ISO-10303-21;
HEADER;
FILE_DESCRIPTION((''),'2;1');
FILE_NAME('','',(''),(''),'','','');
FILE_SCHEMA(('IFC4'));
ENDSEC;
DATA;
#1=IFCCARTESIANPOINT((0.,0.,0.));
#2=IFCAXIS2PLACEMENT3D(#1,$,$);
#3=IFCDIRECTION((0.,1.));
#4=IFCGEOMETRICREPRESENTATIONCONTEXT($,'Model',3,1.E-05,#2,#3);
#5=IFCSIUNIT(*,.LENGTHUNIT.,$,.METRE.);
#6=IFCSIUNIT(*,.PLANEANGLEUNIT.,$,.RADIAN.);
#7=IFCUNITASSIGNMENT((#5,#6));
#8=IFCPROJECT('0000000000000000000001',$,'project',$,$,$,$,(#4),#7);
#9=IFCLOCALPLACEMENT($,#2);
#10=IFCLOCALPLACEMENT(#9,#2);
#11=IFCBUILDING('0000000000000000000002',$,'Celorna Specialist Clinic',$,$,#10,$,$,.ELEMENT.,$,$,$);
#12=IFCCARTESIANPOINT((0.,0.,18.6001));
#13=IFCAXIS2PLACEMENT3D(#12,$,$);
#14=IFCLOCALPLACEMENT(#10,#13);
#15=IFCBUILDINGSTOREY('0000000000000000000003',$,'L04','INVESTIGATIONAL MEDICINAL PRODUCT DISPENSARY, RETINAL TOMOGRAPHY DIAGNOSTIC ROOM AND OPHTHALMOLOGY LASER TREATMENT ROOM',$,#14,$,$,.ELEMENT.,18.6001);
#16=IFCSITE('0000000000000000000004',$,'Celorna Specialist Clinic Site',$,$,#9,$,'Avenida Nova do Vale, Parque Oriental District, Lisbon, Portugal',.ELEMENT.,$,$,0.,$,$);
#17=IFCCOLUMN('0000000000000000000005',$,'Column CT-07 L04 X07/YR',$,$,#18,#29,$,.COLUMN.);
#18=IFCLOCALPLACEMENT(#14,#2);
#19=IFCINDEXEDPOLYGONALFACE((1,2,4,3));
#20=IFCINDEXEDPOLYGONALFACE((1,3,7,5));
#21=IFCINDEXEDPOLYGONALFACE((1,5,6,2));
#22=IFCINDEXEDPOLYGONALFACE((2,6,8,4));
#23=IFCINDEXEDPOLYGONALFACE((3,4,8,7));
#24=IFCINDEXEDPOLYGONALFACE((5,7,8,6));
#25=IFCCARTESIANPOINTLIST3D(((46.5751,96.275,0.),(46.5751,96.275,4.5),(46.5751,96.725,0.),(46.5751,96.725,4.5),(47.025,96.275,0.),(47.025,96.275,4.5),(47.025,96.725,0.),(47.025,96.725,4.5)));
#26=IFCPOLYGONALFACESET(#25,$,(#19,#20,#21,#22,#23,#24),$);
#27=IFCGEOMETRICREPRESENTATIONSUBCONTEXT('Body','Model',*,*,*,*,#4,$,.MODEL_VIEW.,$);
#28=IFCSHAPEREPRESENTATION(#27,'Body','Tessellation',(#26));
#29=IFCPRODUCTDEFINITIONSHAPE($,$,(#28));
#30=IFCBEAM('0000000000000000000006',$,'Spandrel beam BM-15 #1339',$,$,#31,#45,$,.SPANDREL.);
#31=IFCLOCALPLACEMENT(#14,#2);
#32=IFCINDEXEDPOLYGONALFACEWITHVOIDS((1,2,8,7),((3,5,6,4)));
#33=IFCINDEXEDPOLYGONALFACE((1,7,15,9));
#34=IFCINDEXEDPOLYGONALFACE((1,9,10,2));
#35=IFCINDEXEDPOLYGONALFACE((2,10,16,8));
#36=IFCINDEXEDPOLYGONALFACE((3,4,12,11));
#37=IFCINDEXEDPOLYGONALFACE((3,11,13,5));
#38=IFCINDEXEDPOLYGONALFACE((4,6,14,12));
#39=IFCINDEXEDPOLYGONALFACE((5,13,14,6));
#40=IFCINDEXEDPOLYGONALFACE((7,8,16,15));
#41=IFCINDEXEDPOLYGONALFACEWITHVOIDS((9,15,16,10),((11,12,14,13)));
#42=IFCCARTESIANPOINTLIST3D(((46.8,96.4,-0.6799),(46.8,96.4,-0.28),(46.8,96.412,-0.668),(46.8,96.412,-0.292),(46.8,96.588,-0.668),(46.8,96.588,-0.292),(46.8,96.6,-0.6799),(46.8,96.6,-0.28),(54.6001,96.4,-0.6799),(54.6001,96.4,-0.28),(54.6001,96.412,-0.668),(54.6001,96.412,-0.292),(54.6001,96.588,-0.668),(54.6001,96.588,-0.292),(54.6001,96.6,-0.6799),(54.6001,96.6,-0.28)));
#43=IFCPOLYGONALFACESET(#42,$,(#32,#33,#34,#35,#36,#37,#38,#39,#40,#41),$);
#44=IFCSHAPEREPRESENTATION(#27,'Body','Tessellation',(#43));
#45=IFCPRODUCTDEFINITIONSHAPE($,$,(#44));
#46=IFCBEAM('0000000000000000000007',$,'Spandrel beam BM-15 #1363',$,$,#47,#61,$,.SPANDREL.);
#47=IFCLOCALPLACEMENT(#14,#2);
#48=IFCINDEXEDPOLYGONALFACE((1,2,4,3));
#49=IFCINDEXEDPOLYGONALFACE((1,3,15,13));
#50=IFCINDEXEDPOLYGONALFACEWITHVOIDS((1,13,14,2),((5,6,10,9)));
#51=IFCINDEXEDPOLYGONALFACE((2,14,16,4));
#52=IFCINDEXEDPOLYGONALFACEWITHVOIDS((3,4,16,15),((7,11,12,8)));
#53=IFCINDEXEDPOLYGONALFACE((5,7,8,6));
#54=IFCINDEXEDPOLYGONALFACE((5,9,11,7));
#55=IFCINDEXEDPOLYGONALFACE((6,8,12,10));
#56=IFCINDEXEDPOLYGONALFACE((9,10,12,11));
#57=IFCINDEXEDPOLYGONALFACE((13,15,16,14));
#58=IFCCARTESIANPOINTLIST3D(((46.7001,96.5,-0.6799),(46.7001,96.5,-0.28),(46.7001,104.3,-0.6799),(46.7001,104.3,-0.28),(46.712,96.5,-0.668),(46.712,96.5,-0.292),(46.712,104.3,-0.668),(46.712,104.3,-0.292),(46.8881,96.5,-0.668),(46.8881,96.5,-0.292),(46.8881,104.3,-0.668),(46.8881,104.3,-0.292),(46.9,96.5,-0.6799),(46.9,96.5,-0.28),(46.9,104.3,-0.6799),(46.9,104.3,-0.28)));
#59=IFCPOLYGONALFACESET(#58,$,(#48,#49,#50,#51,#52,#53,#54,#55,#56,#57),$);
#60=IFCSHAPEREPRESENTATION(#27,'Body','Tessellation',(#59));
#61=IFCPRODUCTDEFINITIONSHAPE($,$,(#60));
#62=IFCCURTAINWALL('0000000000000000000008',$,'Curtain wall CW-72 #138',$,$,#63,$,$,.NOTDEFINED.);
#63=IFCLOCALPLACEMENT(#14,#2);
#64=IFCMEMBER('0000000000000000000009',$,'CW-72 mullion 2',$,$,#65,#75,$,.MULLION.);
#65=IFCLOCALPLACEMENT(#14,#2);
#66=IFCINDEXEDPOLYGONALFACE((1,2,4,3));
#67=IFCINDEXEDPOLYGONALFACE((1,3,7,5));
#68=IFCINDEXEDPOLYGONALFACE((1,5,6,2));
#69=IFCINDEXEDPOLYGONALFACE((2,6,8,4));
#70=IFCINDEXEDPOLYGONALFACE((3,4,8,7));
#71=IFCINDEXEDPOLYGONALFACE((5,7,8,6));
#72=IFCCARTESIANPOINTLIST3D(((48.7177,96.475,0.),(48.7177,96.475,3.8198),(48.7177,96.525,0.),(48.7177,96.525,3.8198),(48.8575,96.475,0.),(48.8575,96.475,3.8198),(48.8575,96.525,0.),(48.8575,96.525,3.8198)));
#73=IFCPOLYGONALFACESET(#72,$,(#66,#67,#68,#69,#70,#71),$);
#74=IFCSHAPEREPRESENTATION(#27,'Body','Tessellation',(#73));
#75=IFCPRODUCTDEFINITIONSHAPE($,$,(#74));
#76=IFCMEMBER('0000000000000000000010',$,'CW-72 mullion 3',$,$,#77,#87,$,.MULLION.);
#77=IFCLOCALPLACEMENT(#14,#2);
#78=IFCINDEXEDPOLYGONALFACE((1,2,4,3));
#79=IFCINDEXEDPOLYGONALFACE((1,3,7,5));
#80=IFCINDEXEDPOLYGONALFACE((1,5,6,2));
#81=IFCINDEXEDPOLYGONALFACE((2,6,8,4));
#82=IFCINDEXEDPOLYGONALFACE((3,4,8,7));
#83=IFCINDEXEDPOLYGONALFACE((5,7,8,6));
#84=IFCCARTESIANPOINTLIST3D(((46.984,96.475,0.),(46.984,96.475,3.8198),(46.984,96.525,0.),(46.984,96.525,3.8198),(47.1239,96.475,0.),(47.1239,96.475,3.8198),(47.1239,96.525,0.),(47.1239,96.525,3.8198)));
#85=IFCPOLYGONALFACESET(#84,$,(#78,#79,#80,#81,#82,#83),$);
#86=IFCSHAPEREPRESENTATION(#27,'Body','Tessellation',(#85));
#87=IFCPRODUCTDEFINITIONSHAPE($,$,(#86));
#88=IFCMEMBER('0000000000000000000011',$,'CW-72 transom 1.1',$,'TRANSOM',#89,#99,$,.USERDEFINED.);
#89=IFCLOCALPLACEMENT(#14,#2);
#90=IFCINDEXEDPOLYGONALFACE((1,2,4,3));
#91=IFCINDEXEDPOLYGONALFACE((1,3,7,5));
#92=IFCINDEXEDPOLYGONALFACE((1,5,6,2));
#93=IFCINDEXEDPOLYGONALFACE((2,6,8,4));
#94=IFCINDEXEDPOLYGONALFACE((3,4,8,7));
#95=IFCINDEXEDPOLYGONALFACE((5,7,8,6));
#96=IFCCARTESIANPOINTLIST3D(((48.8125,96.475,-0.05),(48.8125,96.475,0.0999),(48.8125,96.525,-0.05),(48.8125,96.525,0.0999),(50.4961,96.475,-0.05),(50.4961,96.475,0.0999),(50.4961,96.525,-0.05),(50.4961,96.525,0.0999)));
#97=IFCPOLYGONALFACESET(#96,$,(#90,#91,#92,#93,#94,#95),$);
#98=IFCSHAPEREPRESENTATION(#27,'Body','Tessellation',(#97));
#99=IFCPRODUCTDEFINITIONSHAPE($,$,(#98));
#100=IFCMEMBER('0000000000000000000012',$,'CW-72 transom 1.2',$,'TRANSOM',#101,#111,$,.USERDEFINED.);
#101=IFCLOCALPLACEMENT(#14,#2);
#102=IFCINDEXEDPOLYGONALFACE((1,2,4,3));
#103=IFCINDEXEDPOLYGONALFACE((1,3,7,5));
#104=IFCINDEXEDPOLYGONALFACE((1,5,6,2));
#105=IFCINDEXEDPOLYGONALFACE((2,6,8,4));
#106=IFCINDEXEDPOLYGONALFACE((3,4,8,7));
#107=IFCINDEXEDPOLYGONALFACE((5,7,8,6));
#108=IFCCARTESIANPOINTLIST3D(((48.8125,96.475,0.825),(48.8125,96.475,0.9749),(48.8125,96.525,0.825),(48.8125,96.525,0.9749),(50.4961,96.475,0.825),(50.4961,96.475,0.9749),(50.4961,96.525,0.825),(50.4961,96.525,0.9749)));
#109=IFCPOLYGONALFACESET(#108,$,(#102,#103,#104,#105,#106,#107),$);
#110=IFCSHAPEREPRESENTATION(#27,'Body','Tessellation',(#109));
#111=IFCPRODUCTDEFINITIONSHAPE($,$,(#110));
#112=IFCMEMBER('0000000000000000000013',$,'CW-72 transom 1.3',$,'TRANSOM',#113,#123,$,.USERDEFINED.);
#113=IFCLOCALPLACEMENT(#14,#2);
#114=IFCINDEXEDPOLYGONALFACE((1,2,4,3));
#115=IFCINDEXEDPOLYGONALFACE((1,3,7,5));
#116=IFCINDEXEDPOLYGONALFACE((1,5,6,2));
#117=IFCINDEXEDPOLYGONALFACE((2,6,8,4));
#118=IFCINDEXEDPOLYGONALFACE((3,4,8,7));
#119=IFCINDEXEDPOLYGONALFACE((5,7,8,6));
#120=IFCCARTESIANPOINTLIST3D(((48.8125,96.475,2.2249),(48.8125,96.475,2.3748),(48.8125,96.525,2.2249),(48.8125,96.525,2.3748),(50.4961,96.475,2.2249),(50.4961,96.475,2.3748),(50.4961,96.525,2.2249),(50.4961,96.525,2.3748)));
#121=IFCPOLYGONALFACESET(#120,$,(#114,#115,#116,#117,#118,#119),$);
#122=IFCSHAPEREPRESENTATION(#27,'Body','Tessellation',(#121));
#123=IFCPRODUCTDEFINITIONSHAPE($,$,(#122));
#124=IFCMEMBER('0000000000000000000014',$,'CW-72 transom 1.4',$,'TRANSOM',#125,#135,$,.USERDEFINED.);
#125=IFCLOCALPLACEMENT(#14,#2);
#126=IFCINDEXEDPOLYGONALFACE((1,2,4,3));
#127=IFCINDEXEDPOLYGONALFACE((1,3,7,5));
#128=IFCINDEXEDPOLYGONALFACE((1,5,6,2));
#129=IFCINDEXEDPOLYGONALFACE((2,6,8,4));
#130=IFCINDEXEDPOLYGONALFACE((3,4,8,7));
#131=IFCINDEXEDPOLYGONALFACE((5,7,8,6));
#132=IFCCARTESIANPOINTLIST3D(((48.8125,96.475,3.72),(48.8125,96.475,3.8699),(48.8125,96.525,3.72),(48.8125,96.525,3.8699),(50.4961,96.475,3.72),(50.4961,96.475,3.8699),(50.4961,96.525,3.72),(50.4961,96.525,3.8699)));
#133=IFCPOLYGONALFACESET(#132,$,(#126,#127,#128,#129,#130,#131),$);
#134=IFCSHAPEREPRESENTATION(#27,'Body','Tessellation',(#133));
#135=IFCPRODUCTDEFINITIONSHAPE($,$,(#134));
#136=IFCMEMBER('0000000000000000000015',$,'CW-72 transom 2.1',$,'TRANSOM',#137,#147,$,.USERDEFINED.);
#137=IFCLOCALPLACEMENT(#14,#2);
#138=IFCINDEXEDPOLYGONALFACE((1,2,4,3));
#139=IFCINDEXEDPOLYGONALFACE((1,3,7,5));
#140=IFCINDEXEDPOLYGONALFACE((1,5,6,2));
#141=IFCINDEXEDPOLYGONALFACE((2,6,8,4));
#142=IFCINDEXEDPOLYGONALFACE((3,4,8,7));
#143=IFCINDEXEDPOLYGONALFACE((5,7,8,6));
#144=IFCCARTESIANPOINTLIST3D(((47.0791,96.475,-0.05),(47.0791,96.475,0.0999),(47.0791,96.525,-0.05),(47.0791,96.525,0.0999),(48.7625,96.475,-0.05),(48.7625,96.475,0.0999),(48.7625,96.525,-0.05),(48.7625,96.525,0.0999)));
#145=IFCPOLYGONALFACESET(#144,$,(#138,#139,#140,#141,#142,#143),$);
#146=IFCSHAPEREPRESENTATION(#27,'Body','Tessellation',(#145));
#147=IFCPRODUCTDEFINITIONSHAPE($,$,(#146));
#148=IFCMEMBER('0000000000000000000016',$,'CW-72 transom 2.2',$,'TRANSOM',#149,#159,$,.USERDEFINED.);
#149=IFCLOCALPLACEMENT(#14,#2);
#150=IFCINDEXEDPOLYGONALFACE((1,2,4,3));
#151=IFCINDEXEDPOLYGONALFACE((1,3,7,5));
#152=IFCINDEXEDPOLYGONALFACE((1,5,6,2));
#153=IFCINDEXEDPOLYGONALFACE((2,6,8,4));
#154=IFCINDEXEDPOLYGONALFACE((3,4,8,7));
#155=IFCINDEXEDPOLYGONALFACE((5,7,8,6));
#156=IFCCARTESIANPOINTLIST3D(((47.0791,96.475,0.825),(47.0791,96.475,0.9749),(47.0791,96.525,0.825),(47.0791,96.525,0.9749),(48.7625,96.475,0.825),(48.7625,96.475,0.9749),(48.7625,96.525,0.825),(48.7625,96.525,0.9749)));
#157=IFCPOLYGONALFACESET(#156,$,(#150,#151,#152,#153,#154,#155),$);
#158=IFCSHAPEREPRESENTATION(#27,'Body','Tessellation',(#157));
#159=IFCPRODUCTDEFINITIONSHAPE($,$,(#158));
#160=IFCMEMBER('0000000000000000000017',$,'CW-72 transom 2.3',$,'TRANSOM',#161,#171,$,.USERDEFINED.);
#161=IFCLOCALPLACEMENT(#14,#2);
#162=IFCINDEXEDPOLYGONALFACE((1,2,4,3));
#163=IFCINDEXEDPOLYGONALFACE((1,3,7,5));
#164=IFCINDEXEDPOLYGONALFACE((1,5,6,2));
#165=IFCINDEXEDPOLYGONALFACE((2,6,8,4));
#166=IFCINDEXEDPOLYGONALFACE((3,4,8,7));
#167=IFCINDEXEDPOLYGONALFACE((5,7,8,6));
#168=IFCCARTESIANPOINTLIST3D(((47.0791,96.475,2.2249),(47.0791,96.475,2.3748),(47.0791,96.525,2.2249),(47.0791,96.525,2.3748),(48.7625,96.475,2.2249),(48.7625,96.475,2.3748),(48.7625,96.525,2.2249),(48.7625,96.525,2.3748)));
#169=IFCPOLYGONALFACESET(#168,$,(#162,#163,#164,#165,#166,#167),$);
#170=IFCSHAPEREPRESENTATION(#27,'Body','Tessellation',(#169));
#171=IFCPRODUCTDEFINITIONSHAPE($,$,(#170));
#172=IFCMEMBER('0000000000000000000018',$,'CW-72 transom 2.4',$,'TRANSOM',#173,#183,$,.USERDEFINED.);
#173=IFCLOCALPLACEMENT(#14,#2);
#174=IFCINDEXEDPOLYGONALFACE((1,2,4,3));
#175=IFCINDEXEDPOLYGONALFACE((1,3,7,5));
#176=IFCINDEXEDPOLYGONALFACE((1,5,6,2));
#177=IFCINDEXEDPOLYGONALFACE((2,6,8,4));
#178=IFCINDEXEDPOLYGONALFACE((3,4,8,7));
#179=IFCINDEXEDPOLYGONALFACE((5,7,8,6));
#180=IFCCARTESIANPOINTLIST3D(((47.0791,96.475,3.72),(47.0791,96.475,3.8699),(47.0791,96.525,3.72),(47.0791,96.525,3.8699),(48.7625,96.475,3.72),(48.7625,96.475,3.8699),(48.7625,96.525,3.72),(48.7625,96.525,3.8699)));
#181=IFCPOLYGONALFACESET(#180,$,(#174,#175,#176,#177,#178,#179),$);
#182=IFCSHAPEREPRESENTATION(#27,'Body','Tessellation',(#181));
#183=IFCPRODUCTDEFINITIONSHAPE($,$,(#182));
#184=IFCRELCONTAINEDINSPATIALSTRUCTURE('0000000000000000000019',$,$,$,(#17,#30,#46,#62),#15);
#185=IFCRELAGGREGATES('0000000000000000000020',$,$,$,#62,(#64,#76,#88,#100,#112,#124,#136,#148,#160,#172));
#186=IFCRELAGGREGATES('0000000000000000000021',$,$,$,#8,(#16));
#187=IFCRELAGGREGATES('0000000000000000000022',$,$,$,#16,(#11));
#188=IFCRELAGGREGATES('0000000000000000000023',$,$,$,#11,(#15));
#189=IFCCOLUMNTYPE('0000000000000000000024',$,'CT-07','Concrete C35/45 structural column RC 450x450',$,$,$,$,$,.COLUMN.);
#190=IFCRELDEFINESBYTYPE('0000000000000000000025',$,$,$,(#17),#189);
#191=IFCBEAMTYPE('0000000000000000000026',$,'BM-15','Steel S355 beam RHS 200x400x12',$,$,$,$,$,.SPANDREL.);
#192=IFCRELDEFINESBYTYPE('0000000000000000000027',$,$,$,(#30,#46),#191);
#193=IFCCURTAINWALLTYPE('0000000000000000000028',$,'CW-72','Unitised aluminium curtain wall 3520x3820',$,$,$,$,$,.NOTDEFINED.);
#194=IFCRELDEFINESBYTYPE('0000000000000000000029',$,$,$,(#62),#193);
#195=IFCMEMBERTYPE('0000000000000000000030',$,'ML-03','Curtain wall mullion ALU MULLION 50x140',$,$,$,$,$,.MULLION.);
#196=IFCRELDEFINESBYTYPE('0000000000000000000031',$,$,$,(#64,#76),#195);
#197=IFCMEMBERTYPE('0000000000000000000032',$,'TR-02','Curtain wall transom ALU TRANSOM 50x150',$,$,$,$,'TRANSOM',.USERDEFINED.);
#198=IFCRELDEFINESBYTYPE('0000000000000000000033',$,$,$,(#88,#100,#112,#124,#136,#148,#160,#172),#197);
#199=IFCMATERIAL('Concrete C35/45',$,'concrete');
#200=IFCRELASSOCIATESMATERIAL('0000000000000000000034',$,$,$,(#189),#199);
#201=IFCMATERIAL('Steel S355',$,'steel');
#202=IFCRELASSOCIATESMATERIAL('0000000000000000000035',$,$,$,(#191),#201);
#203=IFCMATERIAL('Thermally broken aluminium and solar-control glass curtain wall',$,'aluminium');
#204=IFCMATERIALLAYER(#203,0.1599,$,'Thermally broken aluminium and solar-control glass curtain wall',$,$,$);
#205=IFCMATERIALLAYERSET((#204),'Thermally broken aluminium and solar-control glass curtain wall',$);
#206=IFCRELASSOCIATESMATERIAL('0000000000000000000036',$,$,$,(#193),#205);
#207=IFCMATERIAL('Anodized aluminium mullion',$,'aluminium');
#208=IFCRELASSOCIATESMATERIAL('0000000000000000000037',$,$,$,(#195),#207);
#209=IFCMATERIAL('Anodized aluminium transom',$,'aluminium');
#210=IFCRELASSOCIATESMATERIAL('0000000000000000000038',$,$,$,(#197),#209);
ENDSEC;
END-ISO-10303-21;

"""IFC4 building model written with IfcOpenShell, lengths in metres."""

from ifc_helpers import new_model, si_unit, direction, frame, origin, origin_2d, place, context, subcontext, project, spatial, rectangle, hollow_rectangle, extrude, material, layer, layer_set, material_profile, profile_set, type_object, element, aggregate, save


model = new_model("IFC4")

# Units and contexts
model_context = context("Model", 3, precision=1e-05, world=origin(), true_north=direction((0.0, 1.0)))
body_context = subcontext(model_context, "Body", "Model", "MODEL_VIEW")
ifc_project = project(units=[si_unit("LENGTHUNIT", "METRE"), si_unit("PLANEANGLEUNIT", "RADIAN")], contexts=[model_context])

# Site, building, storey
site_placement = place(None, origin())
site = spatial("IfcSite", under=ifc_project, at=site_placement, Name="Celorna Specialist Clinic Site", LongName="Avenida Nova do Vale, Parque Oriental District, Lisbon, Portugal", CompositionType="ELEMENT", RefElevation=0.0)
building_placement = place(site_placement, origin())
building = spatial("IfcBuilding", under=site, at=building_placement, Name="Celorna Specialist Clinic", CompositionType="ELEMENT")
storey_placement = place(building_placement, frame((0.0, 0.0, 18.6001)))
storey = spatial("IfcBuildingStorey", under=building, at=storey_placement, Name="L04", Description="INVESTIGATIONAL MEDICINAL PRODUCT DISPENSARY, RETINAL TOMOGRAPHY DIAGNOSTIC ROOM AND OPHTHALMOLOGY LASER TREATMENT ROOM", CompositionType="ELEMENT", Elevation=18.6001)

# Column
ifc_material_1 = material(Name="Concrete C35/45", Category="concrete")
ifc_material_profile_1 = material_profile(ifc_material_1, rectangle(XDim=0.45, YDim=0.45, at=origin_2d()), Name="RC 450x450")
ifc_profile_set_1 = profile_set([ifc_material_profile_1], Name="Concrete C35/45")
column_type = type_object("IfcColumnType", Name="CT-07", Description="Concrete C35/45 structural column RC 450x450", PredefinedType="COLUMN", material=ifc_profile_set_1)
column_placement = place(storey_placement, frame((46.8, 96.5, 0.0), z_axis=(0.0, 0.0, 1.0), x_axis=(1.0, 0.0, 0.0)))
element("IfcColumn", 1, at=column_placement, inside=storey, type_object=column_type, Name="Column CT-07 L04 X07/YR", PredefinedType="COLUMN", context=body_context, shape_type="SweptSolid", body=[
    extrude(rectangle(XDim=0.45, YDim=0.45, at=origin_2d()), origin(), (0.0, 0.0, 1.0), 4.5),
])

# Beams
ifc_material_2 = material(Name="Steel S355", Category="steel")
ifc_material_profile_2 = material_profile(ifc_material_2, hollow_rectangle(XDim=0.2, YDim=0.3999, WallThickness=0.012, at=origin_2d()), Name="RHS 200x400x12")
ifc_profile_set_2 = profile_set([ifc_material_profile_2], Name="Steel S355")
beam_type = type_object("IfcBeamType", Name="BM-15", Description="Steel S355 beam RHS 200x400x12", PredefinedType="SPANDREL", material=ifc_profile_set_2)
for number, where, z_axis, x_axis, name in (
    (2, (46.8, 96.5, -0.48), (1.0, 0.0, 0.0), (0.0, 1.0, 0.0), "Spandrel beam BM-15 #1339"),
    (3, (46.8, 96.5, -0.48), (0.0, 1.0, 0.0), (-1.0, 0.0, 0.0), "Spandrel beam BM-15 #1363"),
):
    element("IfcBeam", number, at=place(storey_placement, frame(where, z_axis=z_axis, x_axis=x_axis)), inside=storey, type_object=beam_type, Name=name, PredefinedType="SPANDREL", context=body_context, shape_type="SweptSolid", body=[
        extrude(hollow_rectangle(XDim=0.2, YDim=0.3999, WallThickness=0.012, at=origin_2d()), origin(), (0.0, 0.0, 1.0), 7.8),
    ])

# Curtain wall, members
ifc_material_3 = material(Name="Thermally broken aluminium and solar-control glass curtain wall", Category="aluminium")
ifc_layer_1 = layer(ifc_material_3, 0.1599, Name="Thermally broken aluminium and solar-control glass curtain wall")
ifc_layer_set_1 = layer_set([ifc_layer_1], Name="Thermally broken aluminium and solar-control glass curtain wall")
curtain_wall_type = type_object("IfcCurtainWallType", Name="CW-72", Description="Unitised aluminium curtain wall 3520x3820", PredefinedType="NOTDEFINED", material=ifc_layer_set_1)
curtain_wall_placement = place(storey_placement, origin())
curtain_wall = element("IfcCurtainWall", 4, at=curtain_wall_placement, inside=storey, type_object=curtain_wall_type, Name="Curtain wall CW-72 #138", PredefinedType="NOTDEFINED")
ifc_material_4 = material(Name="Anodized aluminium mullion", Category="aluminium")
ifc_material_profile_3 = material_profile(ifc_material_4, rectangle(XDim=0.05, YDim=0.1399, at=origin_2d()), Name="ALU MULLION 50x140")
ifc_profile_set_3 = profile_set([ifc_material_profile_3], Name="Anodized aluminium mullion")
member_type_1 = type_object("IfcMemberType", Name="ML-03", Description="Curtain wall mullion ALU MULLION 50x140", PredefinedType="MULLION", material=ifc_profile_set_3)
member_1_placement = place(storey_placement, frame((48.7876, 96.5, 0.0), z_axis=(0.0, 0.0, 1.0), x_axis=(0.0, -1.0, 0.0)))
member_1 = element("IfcMember", 5, at=member_1_placement, type_object=member_type_1, Name="CW-72 mullion 2", PredefinedType="MULLION", context=body_context, shape_type="SweptSolid", body=[
    extrude(rectangle(XDim=0.05, YDim=0.1399, at=origin_2d()), origin(), (0.0, 0.0, 1.0), 3.8198),
])
member_2_placement = place(storey_placement, frame((47.054, 96.5, 0.0), z_axis=(0.0, 0.0, 1.0), x_axis=(0.0, -1.0, 0.0)))
member_2 = element("IfcMember", 6, at=member_2_placement, type_object=member_type_1, Name="CW-72 mullion 3", PredefinedType="MULLION", context=body_context, shape_type="SweptSolid", body=[
    extrude(rectangle(XDim=0.05, YDim=0.1399, at=origin_2d()), origin(), (0.0, 0.0, 1.0), 3.8198),
])
ifc_material_5 = material(Name="Anodized aluminium transom", Category="aluminium")
ifc_material_profile_4 = material_profile(ifc_material_5, rectangle(XDim=0.05, YDim=0.1499, at=origin_2d()), Name="ALU TRANSOM 50x150")
ifc_profile_set_4 = profile_set([ifc_material_profile_4], Name="Anodized aluminium transom")
member_type_2 = type_object("IfcMemberType", Name="TR-02", Description="Curtain wall transom ALU TRANSOM 50x150", ElementType="TRANSOM", PredefinedType="USERDEFINED", material=ifc_profile_set_4)
member_3_placement = place(storey_placement, frame((50.4961, 96.5, 0.0249), z_axis=(-1.0, 0.0, 0.0), x_axis=(0.0, -1.0, 0.0)))
member_3 = element("IfcMember", 7, at=member_3_placement, type_object=member_type_2, Name="CW-72 transom 1.1", ObjectType="TRANSOM", PredefinedType="USERDEFINED", context=body_context, shape_type="SweptSolid", body=[
    extrude(rectangle(XDim=0.05, YDim=0.1499, at=origin_2d()), origin(), (0.0, 0.0, 1.0), 1.6836),
])
member_4_placement = place(storey_placement, frame((50.4961, 96.5, 0.8999), z_axis=(-1.0, 0.0, 0.0), x_axis=(0.0, -1.0, 0.0)))
member_4 = element("IfcMember", 8, at=member_4_placement, type_object=member_type_2, Name="CW-72 transom 1.2", ObjectType="TRANSOM", PredefinedType="USERDEFINED", context=body_context, shape_type="SweptSolid", body=[
    extrude(rectangle(XDim=0.05, YDim=0.1499, at=origin_2d()), origin(), (0.0, 0.0, 1.0), 1.6836),
])
member_5_placement = place(storey_placement, frame((50.4961, 96.5, 2.2998), z_axis=(-1.0, 0.0, 0.0), x_axis=(0.0, -1.0, 0.0)))
member_5 = element("IfcMember", 9, at=member_5_placement, type_object=member_type_2, Name="CW-72 transom 1.3", ObjectType="TRANSOM", PredefinedType="USERDEFINED", context=body_context, shape_type="SweptSolid", body=[
    extrude(rectangle(XDim=0.05, YDim=0.1499, at=origin_2d()), origin(), (0.0, 0.0, 1.0), 1.6836),
])
member_6_placement = place(storey_placement, frame((50.4961, 96.5, 3.7949), z_axis=(-1.0, 0.0, 0.0), x_axis=(0.0, -1.0, 0.0)))
member_6 = element("IfcMember", 10, at=member_6_placement, type_object=member_type_2, Name="CW-72 transom 1.4", ObjectType="TRANSOM", PredefinedType="USERDEFINED", context=body_context, shape_type="SweptSolid", body=[
    extrude(rectangle(XDim=0.05, YDim=0.1499, at=origin_2d()), origin(), (0.0, 0.0, 1.0), 1.6836),
])
member_7_placement = place(storey_placement, frame((48.7625, 96.5, 0.0249), z_axis=(-1.0, 0.0, 0.0), x_axis=(0.0, -1.0, 0.0)))
member_7 = element("IfcMember", 11, at=member_7_placement, type_object=member_type_2, Name="CW-72 transom 2.1", ObjectType="TRANSOM", PredefinedType="USERDEFINED", context=body_context, shape_type="SweptSolid", body=[
    extrude(rectangle(XDim=0.05, YDim=0.1499, at=origin_2d()), origin(), (0.0, 0.0, 1.0), 1.6833),
])
member_8_placement = place(storey_placement, frame((48.7625, 96.5, 0.8999), z_axis=(-1.0, 0.0, 0.0), x_axis=(0.0, -1.0, 0.0)))
member_8 = element("IfcMember", 12, at=member_8_placement, type_object=member_type_2, Name="CW-72 transom 2.2", ObjectType="TRANSOM", PredefinedType="USERDEFINED", context=body_context, shape_type="SweptSolid", body=[
    extrude(rectangle(XDim=0.05, YDim=0.1499, at=origin_2d()), origin(), (0.0, 0.0, 1.0), 1.6833),
])
member_9_placement = place(storey_placement, frame((48.7625, 96.5, 2.2998), z_axis=(-1.0, 0.0, 0.0), x_axis=(0.0, -1.0, 0.0)))
member_9 = element("IfcMember", 13, at=member_9_placement, type_object=member_type_2, Name="CW-72 transom 2.3", ObjectType="TRANSOM", PredefinedType="USERDEFINED", context=body_context, shape_type="SweptSolid", body=[
    extrude(rectangle(XDim=0.05, YDim=0.1499, at=origin_2d()), origin(), (0.0, 0.0, 1.0), 1.6833),
])
member_10_placement = place(storey_placement, frame((48.7625, 96.5, 3.7949), z_axis=(-1.0, 0.0, 0.0), x_axis=(0.0, -1.0, 0.0)))
member_10 = element("IfcMember", 14, at=member_10_placement, type_object=member_type_2, Name="CW-72 transom 2.4", ObjectType="TRANSOM", PredefinedType="USERDEFINED", context=body_context, shape_type="SweptSolid", body=[
    extrude(rectangle(XDim=0.05, YDim=0.1499, at=origin_2d()), origin(), (0.0, 0.0, 1.0), 1.6833),
])
aggregate(curtain_wall, [member_1, member_2, member_3, member_4, member_5, member_6, member_7, member_8, member_9, member_10])

save(model, "model.ifc")
